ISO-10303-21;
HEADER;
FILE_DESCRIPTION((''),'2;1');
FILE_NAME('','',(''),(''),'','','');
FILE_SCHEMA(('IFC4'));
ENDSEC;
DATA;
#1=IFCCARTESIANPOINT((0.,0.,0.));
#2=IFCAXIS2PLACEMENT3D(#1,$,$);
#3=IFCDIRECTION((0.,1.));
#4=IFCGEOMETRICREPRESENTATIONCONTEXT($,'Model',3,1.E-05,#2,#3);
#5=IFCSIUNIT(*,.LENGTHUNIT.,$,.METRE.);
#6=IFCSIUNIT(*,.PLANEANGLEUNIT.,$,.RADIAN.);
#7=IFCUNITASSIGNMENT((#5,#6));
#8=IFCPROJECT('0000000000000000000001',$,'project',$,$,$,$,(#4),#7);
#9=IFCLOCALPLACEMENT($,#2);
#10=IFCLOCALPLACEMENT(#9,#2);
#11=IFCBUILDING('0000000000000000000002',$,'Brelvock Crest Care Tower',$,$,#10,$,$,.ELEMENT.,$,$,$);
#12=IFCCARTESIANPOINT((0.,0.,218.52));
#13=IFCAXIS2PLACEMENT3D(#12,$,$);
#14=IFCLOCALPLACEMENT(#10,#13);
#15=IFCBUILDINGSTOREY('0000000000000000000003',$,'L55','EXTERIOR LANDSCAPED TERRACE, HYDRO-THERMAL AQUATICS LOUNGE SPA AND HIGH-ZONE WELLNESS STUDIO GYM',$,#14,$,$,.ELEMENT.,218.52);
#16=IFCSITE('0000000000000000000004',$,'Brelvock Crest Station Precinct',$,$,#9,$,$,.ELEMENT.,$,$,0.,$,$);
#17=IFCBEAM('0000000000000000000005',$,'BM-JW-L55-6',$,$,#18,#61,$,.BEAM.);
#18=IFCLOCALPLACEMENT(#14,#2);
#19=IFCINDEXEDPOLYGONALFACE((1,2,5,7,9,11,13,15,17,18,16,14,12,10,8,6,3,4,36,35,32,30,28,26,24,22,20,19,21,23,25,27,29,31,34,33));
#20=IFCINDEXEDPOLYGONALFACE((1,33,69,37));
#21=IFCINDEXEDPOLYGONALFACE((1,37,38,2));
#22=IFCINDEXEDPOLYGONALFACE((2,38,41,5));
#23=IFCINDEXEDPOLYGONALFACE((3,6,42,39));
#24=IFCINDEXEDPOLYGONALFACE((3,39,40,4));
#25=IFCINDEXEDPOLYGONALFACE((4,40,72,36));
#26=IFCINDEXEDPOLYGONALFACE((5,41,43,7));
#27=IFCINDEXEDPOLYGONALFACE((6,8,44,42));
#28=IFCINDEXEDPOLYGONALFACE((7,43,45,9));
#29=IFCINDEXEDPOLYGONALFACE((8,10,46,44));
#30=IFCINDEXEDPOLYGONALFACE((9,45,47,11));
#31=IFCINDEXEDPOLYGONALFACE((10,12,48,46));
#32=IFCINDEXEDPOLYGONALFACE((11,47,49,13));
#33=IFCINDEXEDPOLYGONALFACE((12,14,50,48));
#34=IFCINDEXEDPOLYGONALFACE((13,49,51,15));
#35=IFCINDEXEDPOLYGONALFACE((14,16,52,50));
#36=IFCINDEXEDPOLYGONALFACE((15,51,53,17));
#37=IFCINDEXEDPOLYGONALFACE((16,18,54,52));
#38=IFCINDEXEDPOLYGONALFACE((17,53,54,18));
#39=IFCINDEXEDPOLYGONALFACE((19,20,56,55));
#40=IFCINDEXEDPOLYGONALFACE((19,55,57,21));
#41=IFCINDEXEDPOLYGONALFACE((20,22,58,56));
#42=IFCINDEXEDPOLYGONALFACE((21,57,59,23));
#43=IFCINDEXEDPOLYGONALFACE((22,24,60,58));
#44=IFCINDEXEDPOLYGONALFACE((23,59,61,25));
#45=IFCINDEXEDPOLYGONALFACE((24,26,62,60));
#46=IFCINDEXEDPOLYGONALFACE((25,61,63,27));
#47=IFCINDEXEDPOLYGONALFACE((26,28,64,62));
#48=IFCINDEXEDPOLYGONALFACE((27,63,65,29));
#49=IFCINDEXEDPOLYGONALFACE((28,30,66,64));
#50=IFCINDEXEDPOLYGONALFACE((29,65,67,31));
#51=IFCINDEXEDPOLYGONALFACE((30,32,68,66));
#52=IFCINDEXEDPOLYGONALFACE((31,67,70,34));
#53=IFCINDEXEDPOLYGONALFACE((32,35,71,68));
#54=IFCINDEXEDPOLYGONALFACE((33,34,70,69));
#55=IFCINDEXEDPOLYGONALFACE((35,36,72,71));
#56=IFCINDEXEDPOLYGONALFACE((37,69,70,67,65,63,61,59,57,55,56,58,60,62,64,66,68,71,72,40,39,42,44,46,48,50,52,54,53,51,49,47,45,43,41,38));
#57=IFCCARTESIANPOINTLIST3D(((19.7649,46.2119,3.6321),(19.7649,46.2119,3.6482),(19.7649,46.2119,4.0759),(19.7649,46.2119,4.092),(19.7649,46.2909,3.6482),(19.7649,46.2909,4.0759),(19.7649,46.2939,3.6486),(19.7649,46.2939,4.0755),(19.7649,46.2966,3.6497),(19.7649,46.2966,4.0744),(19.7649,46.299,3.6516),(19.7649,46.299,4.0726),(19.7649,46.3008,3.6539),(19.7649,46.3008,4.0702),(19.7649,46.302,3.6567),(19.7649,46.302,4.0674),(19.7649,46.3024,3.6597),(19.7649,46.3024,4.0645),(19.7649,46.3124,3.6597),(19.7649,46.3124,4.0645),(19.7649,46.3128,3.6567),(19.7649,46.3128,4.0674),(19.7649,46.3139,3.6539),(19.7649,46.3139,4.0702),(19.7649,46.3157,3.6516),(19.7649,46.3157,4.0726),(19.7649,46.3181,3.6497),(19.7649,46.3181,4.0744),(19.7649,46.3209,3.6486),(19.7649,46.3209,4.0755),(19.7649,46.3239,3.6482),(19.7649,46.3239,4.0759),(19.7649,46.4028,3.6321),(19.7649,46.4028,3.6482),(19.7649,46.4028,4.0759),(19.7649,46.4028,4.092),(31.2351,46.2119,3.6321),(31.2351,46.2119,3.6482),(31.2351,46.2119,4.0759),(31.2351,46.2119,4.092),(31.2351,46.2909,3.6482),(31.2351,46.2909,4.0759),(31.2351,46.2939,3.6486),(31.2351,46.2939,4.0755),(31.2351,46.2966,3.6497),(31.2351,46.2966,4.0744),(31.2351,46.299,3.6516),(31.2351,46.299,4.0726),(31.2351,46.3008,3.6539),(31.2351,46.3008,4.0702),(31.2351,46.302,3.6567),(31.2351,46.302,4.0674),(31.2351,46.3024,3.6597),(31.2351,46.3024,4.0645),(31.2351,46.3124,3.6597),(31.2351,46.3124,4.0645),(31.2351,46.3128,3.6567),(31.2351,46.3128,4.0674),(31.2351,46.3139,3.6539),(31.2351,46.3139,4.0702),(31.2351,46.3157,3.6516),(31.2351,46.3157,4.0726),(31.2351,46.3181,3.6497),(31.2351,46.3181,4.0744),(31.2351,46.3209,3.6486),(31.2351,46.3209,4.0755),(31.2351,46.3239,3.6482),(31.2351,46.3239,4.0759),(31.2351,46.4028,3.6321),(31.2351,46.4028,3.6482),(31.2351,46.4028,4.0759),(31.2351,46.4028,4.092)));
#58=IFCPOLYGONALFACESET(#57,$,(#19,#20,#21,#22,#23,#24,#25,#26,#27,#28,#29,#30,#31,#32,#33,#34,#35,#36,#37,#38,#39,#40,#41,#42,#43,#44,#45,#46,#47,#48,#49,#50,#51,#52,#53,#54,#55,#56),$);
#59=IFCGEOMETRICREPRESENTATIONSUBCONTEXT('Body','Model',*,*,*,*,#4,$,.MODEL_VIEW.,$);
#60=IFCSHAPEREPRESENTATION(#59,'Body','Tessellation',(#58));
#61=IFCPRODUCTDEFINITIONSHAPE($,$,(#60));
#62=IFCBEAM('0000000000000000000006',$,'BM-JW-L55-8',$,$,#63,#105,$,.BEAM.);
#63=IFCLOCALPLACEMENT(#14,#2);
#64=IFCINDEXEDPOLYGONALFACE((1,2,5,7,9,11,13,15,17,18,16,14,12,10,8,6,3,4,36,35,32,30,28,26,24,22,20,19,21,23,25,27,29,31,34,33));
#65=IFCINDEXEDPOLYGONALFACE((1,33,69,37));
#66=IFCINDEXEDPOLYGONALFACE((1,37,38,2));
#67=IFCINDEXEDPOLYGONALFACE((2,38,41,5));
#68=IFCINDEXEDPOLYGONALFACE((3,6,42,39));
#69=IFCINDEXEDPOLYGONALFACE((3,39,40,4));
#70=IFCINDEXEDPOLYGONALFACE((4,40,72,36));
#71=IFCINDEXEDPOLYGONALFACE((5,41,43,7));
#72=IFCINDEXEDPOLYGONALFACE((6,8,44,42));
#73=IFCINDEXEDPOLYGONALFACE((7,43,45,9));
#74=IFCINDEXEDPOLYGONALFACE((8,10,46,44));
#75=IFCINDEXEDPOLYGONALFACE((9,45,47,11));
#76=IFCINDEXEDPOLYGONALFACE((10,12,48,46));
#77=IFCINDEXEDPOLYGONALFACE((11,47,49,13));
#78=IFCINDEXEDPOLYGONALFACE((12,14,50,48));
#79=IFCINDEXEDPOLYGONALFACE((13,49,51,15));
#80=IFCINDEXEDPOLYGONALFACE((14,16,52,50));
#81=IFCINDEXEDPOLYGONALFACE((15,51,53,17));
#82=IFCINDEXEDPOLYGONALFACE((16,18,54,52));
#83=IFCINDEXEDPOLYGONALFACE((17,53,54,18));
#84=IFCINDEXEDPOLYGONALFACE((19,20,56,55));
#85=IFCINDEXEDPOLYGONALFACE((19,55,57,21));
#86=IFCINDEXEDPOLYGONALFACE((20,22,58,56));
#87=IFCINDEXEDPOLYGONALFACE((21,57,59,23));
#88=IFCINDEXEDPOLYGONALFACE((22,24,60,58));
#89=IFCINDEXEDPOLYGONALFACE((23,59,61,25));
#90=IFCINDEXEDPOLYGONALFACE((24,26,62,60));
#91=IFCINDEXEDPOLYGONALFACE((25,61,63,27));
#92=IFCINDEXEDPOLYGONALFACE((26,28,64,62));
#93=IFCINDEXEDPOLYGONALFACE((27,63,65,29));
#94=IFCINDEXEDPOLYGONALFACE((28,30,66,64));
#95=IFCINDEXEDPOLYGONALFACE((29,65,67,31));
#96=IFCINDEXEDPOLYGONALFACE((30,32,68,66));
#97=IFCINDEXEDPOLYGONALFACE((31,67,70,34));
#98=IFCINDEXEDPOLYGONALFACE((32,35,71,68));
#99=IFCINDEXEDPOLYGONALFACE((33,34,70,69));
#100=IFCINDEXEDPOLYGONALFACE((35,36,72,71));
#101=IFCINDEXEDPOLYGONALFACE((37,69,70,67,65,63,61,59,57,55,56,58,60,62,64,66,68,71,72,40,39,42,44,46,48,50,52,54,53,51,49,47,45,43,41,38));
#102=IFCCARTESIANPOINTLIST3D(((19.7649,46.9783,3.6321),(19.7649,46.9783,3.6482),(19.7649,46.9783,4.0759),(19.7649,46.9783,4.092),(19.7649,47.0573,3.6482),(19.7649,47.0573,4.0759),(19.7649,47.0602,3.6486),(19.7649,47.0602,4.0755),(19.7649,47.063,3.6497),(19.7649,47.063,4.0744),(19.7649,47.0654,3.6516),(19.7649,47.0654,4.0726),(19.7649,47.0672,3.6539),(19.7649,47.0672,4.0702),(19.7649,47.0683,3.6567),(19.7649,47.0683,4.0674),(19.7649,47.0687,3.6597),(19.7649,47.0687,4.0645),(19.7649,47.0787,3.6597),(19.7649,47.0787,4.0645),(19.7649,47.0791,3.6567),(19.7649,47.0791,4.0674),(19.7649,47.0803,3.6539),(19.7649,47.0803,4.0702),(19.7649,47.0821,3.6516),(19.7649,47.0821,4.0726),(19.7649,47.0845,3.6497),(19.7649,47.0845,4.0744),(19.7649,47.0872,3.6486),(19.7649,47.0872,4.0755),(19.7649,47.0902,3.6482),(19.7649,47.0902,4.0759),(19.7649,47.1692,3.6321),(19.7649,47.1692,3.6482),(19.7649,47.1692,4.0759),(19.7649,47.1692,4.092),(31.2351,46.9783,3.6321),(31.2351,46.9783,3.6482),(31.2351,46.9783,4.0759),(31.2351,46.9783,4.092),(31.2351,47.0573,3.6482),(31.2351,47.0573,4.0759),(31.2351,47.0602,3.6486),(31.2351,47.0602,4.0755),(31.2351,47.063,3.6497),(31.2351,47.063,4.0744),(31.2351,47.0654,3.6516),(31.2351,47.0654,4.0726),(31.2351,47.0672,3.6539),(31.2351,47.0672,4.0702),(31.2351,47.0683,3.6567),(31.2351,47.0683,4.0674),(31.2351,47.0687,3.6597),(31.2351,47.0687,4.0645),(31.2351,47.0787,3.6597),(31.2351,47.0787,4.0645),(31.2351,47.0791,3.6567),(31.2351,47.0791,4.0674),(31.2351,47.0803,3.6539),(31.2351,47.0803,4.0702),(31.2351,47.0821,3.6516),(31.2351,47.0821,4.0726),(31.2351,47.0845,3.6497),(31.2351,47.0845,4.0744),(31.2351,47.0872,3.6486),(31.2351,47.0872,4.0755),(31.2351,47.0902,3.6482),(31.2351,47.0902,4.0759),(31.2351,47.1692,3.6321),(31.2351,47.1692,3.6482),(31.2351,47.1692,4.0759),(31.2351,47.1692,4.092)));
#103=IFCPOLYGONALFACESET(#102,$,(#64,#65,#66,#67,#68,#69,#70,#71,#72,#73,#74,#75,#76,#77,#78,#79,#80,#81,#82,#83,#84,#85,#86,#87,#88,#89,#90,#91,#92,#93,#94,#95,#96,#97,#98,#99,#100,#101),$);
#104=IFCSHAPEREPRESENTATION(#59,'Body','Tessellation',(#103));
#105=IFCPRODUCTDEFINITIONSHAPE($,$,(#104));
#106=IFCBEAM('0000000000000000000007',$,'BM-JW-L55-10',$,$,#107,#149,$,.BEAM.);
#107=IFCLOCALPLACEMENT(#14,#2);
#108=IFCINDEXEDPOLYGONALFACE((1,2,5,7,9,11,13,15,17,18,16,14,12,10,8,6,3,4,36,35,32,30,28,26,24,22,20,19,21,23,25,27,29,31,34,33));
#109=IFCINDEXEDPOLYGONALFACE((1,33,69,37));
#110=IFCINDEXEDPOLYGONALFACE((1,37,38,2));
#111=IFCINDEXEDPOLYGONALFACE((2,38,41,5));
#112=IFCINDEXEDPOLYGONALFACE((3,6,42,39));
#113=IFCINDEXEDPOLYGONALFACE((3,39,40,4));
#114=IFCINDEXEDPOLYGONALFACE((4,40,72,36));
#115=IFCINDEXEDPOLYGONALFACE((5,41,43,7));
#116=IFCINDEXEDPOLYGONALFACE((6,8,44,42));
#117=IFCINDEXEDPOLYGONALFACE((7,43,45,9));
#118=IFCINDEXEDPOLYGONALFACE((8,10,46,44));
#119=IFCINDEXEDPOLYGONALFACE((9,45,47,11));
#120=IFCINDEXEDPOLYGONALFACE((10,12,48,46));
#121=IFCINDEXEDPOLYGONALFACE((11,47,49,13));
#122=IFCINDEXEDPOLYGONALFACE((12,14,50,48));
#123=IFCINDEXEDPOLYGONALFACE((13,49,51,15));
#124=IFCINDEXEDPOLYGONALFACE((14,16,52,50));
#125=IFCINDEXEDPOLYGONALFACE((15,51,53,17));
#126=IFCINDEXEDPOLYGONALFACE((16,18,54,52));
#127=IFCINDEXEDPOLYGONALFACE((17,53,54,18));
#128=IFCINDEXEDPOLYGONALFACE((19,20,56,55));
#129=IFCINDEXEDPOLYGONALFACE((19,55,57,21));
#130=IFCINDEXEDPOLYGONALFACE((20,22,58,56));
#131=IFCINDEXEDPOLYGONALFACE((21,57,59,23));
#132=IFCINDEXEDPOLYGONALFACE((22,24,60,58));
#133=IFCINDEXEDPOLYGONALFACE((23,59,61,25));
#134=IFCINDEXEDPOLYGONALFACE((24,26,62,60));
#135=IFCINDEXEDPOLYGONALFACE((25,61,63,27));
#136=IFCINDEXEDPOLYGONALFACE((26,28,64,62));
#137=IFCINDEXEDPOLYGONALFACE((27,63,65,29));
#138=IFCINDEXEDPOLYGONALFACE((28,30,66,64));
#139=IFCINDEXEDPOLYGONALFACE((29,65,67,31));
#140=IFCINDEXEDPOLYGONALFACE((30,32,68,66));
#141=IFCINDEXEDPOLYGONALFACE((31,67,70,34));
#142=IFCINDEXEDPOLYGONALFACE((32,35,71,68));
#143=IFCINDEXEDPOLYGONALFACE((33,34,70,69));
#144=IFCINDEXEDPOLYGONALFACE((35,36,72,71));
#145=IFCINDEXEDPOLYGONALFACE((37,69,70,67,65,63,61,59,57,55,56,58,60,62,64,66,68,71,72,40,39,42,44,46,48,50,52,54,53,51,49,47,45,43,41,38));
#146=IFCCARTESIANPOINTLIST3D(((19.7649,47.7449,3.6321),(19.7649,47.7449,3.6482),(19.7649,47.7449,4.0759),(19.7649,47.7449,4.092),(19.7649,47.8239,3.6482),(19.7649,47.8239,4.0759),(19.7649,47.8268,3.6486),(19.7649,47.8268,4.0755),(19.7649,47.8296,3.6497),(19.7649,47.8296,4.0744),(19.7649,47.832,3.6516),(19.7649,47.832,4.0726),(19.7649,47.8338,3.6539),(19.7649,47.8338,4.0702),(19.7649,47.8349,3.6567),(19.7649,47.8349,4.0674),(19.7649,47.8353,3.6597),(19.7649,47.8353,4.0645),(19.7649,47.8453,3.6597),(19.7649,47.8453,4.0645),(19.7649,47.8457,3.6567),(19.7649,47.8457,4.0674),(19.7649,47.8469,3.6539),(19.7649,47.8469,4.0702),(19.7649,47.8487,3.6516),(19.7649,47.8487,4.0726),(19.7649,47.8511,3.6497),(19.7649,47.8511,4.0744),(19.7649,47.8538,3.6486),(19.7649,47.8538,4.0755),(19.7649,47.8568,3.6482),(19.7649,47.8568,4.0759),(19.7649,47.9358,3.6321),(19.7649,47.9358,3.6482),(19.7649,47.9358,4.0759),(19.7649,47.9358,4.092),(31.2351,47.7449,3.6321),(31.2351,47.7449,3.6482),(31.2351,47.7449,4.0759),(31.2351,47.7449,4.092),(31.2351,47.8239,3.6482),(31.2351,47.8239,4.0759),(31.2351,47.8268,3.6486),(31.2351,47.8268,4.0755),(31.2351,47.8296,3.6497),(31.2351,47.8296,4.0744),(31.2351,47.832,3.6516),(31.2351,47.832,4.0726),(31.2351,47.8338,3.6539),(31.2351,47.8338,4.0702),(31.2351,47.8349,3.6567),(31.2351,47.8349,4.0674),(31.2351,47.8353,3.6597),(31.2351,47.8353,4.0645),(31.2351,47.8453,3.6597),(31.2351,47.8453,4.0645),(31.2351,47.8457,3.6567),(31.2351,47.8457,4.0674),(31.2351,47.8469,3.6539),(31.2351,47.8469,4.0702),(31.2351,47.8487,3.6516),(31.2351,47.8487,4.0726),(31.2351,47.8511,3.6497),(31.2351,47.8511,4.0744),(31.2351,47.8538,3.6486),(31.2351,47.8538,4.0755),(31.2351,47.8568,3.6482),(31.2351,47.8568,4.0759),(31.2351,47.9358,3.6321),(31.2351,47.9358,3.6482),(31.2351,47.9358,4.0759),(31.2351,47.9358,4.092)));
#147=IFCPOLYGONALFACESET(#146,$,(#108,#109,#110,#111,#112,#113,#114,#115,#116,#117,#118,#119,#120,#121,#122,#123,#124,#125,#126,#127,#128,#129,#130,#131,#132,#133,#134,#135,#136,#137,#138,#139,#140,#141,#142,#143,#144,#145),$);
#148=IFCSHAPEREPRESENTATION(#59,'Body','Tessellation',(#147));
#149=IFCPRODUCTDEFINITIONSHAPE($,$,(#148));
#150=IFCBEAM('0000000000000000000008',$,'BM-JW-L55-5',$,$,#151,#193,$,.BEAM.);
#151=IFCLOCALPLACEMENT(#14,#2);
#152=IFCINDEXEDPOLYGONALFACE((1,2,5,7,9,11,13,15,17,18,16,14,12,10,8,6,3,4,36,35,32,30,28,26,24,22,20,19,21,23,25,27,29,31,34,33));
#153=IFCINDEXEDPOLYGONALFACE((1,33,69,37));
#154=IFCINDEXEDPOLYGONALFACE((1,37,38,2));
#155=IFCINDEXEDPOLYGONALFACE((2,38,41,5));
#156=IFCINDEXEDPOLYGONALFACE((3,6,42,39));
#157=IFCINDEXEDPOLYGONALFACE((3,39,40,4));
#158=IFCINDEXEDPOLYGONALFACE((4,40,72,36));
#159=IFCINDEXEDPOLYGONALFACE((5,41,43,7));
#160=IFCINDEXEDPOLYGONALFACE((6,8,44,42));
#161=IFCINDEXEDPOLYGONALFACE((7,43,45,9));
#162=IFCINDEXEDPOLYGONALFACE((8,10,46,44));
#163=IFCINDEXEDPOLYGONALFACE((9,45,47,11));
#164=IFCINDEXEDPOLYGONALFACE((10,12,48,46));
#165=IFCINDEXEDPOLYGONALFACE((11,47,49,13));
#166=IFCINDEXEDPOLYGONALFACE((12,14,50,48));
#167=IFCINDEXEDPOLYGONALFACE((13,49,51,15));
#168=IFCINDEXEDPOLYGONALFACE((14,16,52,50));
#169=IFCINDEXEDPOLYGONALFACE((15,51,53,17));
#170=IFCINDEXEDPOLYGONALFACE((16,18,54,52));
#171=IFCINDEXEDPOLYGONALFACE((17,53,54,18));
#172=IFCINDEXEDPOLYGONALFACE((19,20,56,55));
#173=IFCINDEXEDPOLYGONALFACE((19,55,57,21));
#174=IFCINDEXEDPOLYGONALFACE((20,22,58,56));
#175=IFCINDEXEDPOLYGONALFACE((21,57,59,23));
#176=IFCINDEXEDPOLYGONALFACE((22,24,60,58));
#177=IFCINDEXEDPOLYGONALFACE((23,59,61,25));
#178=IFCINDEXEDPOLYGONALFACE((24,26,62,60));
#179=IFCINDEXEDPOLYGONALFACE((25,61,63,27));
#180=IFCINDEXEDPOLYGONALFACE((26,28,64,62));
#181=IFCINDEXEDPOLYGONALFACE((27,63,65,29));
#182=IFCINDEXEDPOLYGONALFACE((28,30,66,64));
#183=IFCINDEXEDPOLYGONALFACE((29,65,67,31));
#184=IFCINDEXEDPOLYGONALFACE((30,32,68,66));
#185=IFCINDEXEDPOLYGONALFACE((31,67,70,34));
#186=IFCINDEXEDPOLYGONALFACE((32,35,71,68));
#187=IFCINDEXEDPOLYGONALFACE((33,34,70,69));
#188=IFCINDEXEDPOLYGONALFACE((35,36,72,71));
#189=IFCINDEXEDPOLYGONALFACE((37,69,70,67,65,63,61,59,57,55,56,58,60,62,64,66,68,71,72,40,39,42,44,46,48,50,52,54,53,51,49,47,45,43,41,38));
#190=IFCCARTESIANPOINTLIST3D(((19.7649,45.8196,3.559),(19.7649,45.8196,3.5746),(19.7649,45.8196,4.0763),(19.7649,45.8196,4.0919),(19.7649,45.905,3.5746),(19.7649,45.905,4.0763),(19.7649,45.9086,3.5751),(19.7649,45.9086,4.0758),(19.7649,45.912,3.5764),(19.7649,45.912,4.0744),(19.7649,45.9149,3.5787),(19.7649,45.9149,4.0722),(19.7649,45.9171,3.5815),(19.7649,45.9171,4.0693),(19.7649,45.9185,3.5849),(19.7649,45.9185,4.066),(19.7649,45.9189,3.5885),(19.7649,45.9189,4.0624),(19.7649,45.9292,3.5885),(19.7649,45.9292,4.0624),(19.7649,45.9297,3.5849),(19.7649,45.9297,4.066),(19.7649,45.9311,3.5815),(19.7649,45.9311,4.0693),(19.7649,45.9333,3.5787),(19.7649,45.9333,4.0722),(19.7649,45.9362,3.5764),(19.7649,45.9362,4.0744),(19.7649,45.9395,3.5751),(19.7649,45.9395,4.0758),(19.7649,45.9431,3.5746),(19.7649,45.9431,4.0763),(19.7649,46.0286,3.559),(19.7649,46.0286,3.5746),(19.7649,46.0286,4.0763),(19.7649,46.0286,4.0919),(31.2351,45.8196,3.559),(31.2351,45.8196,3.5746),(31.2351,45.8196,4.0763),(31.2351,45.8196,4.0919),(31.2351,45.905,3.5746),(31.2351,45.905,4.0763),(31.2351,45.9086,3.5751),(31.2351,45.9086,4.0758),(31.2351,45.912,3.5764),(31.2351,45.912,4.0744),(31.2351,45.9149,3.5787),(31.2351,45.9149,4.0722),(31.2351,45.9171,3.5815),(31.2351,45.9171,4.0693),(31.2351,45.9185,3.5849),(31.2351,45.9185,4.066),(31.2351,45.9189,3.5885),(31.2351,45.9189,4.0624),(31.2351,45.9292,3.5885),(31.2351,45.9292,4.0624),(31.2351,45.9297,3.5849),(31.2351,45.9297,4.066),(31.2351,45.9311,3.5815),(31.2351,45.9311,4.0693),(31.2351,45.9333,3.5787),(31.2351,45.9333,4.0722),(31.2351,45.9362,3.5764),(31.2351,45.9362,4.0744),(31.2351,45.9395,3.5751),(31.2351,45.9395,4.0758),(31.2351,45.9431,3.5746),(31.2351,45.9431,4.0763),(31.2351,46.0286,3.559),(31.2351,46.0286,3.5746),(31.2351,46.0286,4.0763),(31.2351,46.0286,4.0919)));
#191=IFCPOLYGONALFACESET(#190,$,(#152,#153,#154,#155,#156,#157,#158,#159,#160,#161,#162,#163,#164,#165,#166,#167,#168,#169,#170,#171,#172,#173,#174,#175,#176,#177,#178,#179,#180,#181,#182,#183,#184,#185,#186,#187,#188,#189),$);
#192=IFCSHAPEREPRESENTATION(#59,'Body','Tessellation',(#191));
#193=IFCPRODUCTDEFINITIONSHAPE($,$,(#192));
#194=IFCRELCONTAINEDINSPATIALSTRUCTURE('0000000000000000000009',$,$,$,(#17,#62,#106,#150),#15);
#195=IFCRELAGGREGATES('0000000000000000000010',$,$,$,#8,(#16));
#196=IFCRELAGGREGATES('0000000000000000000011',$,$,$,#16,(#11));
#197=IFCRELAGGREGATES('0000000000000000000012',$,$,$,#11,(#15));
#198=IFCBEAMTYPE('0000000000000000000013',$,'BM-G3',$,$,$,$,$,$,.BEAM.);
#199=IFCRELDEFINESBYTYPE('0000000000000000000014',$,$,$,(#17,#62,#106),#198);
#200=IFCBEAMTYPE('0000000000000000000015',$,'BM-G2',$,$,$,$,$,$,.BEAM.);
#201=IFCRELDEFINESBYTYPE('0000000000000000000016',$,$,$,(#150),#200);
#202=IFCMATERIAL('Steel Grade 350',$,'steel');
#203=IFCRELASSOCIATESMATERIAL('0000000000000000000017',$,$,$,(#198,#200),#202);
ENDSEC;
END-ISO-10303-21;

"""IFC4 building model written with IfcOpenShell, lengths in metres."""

from ifc_helpers import new_model, si_unit, direction, frame, origin, origin_2d, place, context, subcontext, project, spatial, i_section, extrude, source, transform, mapped, material, material_profile, profile_set, type_object, element, save


model = new_model("IFC4")

# Units and contexts
model_context = context("Model", 3, precision=1e-05, world=origin(), true_north=direction((0.0, 1.0)))
body_context = subcontext(model_context, "Body", "Model", "MODEL_VIEW")
ifc_project = project(units=[si_unit("LENGTHUNIT", "METRE"), si_unit("PLANEANGLEUNIT", "RADIAN")], contexts=[model_context])

# Site, building, storey
site_placement = place(None, origin())
site = spatial("IfcSite", under=ifc_project, at=site_placement, Name="Brelvock Crest Station Precinct", CompositionType="ELEMENT", RefElevation=0.0)
building_placement = place(site_placement, origin())
building = spatial("IfcBuilding", under=site, at=building_placement, Name="Brelvock Crest Care Tower", CompositionType="ELEMENT")
storey_placement = place(building_placement, frame((0.0, 0.0, 218.52)))
storey = spatial("IfcBuildingStorey", under=building, at=storey_placement, Name="L55", Description="EXTERIOR LANDSCAPED TERRACE, HYDRO-THERMAL AQUATICS LOUNGE SPA AND HIGH-ZONE WELLNESS STUDIO GYM", CompositionType="ELEMENT", Elevation=218.52)

# Shared definitions
ifc_material_1 = material(Name="Steel Grade 350", Category="steel")

# Beams
ifc_material_profile_1 = material_profile(ifc_material_1, i_section(OverallWidth=0.1909, OverallDepth=0.46, WebThickness=0.01, FlangeThickness=0.0161, FilletRadius=0.0115, at=origin_2d()), Name="460UB82.1")
ifc_profile_set_1 = profile_set([ifc_material_profile_1], Name="Steel Grade 350")
beam_type_1 = type_object("IfcBeamType", Name="BM-G3", PredefinedType="BEAM", material=ifc_profile_set_1)
shared_shape_1 = source(origin(), body_context, "Body", "SweptSolid", [
    extrude(i_section(OverallWidth=0.1909, OverallDepth=0.46, WebThickness=0.01, FlangeThickness=0.0161, FilletRadius=0.0115, at=origin_2d()), origin(), (0.0, 0.0, 1.0), 11.4702),
])
for number, where, z_axis, x_axis, name in (
    (1, (19.7649, 46.3074, 3.8621), (1.0, 0.0, 0.0), (0.0, 1.0, 0.0), "BM-JW-L55-6"),
    (2, (19.7649, 47.0737, 3.8621), (1.0, 0.0, 0.0), (0.0, 1.0, 0.0), "BM-JW-L55-8"),
    (3, (19.7649, 47.8403, 3.8621), (1.0, 0.0, 0.0), (0.0, 1.0, 0.0), "BM-JW-L55-10"),
):
    element("IfcBeam", number, at=place(storey_placement, frame(where, z_axis=z_axis, x_axis=x_axis)), inside=storey, type_object=beam_type_1, Name=name, PredefinedType="BEAM", context=body_context, shape_type="MappedRepresentation", body=[
        mapped(shared_shape_1, transform((0.0, 0.0, 0.0), x_axis=(1.0, 0.0, 0.0), y_axis=(0.0, 1.0, 0.0), z_axis=(0.0, 0.0, 1.0), scale=1.0)),
    ])
ifc_material_profile_2 = material_profile(ifc_material_1, i_section(OverallWidth=0.209, OverallDepth=0.533, WebThickness=0.0103, FlangeThickness=0.0156, FilletRadius=0.0139, at=origin_2d()), Name="530UB92.4")
ifc_profile_set_2 = profile_set([ifc_material_profile_2], Name="Steel Grade 350")
beam_type_2 = type_object("IfcBeamType", Name="BM-G2", PredefinedType="BEAM", material=ifc_profile_set_2)
shared_shape_2 = source(origin(), body_context, "Body", "SweptSolid", [
    extrude(i_section(OverallWidth=0.209, OverallDepth=0.533, WebThickness=0.0103, FlangeThickness=0.0156, FilletRadius=0.0139, at=origin_2d()), origin(), (0.0, 0.0, 1.0), 11.4702),
])
for number, where, z_axis, x_axis, name in (
    (4, (19.7649, 45.9241, 3.8254), (1.0, 0.0, 0.0), (0.0, 1.0, 0.0), "BM-JW-L55-5"),
):
    element("IfcBeam", number, at=place(storey_placement, frame(where, z_axis=z_axis, x_axis=x_axis)), inside=storey, type_object=beam_type_2, Name=name, PredefinedType="BEAM", context=body_context, shape_type="MappedRepresentation", body=[
        mapped(shared_shape_2, transform((0.0, 0.0, 0.0), x_axis=(1.0, 0.0, 0.0), y_axis=(0.0, 1.0, 0.0), z_axis=(0.0, 0.0, 1.0), scale=1.0)),
    ])

save(model, "model.ifc")
